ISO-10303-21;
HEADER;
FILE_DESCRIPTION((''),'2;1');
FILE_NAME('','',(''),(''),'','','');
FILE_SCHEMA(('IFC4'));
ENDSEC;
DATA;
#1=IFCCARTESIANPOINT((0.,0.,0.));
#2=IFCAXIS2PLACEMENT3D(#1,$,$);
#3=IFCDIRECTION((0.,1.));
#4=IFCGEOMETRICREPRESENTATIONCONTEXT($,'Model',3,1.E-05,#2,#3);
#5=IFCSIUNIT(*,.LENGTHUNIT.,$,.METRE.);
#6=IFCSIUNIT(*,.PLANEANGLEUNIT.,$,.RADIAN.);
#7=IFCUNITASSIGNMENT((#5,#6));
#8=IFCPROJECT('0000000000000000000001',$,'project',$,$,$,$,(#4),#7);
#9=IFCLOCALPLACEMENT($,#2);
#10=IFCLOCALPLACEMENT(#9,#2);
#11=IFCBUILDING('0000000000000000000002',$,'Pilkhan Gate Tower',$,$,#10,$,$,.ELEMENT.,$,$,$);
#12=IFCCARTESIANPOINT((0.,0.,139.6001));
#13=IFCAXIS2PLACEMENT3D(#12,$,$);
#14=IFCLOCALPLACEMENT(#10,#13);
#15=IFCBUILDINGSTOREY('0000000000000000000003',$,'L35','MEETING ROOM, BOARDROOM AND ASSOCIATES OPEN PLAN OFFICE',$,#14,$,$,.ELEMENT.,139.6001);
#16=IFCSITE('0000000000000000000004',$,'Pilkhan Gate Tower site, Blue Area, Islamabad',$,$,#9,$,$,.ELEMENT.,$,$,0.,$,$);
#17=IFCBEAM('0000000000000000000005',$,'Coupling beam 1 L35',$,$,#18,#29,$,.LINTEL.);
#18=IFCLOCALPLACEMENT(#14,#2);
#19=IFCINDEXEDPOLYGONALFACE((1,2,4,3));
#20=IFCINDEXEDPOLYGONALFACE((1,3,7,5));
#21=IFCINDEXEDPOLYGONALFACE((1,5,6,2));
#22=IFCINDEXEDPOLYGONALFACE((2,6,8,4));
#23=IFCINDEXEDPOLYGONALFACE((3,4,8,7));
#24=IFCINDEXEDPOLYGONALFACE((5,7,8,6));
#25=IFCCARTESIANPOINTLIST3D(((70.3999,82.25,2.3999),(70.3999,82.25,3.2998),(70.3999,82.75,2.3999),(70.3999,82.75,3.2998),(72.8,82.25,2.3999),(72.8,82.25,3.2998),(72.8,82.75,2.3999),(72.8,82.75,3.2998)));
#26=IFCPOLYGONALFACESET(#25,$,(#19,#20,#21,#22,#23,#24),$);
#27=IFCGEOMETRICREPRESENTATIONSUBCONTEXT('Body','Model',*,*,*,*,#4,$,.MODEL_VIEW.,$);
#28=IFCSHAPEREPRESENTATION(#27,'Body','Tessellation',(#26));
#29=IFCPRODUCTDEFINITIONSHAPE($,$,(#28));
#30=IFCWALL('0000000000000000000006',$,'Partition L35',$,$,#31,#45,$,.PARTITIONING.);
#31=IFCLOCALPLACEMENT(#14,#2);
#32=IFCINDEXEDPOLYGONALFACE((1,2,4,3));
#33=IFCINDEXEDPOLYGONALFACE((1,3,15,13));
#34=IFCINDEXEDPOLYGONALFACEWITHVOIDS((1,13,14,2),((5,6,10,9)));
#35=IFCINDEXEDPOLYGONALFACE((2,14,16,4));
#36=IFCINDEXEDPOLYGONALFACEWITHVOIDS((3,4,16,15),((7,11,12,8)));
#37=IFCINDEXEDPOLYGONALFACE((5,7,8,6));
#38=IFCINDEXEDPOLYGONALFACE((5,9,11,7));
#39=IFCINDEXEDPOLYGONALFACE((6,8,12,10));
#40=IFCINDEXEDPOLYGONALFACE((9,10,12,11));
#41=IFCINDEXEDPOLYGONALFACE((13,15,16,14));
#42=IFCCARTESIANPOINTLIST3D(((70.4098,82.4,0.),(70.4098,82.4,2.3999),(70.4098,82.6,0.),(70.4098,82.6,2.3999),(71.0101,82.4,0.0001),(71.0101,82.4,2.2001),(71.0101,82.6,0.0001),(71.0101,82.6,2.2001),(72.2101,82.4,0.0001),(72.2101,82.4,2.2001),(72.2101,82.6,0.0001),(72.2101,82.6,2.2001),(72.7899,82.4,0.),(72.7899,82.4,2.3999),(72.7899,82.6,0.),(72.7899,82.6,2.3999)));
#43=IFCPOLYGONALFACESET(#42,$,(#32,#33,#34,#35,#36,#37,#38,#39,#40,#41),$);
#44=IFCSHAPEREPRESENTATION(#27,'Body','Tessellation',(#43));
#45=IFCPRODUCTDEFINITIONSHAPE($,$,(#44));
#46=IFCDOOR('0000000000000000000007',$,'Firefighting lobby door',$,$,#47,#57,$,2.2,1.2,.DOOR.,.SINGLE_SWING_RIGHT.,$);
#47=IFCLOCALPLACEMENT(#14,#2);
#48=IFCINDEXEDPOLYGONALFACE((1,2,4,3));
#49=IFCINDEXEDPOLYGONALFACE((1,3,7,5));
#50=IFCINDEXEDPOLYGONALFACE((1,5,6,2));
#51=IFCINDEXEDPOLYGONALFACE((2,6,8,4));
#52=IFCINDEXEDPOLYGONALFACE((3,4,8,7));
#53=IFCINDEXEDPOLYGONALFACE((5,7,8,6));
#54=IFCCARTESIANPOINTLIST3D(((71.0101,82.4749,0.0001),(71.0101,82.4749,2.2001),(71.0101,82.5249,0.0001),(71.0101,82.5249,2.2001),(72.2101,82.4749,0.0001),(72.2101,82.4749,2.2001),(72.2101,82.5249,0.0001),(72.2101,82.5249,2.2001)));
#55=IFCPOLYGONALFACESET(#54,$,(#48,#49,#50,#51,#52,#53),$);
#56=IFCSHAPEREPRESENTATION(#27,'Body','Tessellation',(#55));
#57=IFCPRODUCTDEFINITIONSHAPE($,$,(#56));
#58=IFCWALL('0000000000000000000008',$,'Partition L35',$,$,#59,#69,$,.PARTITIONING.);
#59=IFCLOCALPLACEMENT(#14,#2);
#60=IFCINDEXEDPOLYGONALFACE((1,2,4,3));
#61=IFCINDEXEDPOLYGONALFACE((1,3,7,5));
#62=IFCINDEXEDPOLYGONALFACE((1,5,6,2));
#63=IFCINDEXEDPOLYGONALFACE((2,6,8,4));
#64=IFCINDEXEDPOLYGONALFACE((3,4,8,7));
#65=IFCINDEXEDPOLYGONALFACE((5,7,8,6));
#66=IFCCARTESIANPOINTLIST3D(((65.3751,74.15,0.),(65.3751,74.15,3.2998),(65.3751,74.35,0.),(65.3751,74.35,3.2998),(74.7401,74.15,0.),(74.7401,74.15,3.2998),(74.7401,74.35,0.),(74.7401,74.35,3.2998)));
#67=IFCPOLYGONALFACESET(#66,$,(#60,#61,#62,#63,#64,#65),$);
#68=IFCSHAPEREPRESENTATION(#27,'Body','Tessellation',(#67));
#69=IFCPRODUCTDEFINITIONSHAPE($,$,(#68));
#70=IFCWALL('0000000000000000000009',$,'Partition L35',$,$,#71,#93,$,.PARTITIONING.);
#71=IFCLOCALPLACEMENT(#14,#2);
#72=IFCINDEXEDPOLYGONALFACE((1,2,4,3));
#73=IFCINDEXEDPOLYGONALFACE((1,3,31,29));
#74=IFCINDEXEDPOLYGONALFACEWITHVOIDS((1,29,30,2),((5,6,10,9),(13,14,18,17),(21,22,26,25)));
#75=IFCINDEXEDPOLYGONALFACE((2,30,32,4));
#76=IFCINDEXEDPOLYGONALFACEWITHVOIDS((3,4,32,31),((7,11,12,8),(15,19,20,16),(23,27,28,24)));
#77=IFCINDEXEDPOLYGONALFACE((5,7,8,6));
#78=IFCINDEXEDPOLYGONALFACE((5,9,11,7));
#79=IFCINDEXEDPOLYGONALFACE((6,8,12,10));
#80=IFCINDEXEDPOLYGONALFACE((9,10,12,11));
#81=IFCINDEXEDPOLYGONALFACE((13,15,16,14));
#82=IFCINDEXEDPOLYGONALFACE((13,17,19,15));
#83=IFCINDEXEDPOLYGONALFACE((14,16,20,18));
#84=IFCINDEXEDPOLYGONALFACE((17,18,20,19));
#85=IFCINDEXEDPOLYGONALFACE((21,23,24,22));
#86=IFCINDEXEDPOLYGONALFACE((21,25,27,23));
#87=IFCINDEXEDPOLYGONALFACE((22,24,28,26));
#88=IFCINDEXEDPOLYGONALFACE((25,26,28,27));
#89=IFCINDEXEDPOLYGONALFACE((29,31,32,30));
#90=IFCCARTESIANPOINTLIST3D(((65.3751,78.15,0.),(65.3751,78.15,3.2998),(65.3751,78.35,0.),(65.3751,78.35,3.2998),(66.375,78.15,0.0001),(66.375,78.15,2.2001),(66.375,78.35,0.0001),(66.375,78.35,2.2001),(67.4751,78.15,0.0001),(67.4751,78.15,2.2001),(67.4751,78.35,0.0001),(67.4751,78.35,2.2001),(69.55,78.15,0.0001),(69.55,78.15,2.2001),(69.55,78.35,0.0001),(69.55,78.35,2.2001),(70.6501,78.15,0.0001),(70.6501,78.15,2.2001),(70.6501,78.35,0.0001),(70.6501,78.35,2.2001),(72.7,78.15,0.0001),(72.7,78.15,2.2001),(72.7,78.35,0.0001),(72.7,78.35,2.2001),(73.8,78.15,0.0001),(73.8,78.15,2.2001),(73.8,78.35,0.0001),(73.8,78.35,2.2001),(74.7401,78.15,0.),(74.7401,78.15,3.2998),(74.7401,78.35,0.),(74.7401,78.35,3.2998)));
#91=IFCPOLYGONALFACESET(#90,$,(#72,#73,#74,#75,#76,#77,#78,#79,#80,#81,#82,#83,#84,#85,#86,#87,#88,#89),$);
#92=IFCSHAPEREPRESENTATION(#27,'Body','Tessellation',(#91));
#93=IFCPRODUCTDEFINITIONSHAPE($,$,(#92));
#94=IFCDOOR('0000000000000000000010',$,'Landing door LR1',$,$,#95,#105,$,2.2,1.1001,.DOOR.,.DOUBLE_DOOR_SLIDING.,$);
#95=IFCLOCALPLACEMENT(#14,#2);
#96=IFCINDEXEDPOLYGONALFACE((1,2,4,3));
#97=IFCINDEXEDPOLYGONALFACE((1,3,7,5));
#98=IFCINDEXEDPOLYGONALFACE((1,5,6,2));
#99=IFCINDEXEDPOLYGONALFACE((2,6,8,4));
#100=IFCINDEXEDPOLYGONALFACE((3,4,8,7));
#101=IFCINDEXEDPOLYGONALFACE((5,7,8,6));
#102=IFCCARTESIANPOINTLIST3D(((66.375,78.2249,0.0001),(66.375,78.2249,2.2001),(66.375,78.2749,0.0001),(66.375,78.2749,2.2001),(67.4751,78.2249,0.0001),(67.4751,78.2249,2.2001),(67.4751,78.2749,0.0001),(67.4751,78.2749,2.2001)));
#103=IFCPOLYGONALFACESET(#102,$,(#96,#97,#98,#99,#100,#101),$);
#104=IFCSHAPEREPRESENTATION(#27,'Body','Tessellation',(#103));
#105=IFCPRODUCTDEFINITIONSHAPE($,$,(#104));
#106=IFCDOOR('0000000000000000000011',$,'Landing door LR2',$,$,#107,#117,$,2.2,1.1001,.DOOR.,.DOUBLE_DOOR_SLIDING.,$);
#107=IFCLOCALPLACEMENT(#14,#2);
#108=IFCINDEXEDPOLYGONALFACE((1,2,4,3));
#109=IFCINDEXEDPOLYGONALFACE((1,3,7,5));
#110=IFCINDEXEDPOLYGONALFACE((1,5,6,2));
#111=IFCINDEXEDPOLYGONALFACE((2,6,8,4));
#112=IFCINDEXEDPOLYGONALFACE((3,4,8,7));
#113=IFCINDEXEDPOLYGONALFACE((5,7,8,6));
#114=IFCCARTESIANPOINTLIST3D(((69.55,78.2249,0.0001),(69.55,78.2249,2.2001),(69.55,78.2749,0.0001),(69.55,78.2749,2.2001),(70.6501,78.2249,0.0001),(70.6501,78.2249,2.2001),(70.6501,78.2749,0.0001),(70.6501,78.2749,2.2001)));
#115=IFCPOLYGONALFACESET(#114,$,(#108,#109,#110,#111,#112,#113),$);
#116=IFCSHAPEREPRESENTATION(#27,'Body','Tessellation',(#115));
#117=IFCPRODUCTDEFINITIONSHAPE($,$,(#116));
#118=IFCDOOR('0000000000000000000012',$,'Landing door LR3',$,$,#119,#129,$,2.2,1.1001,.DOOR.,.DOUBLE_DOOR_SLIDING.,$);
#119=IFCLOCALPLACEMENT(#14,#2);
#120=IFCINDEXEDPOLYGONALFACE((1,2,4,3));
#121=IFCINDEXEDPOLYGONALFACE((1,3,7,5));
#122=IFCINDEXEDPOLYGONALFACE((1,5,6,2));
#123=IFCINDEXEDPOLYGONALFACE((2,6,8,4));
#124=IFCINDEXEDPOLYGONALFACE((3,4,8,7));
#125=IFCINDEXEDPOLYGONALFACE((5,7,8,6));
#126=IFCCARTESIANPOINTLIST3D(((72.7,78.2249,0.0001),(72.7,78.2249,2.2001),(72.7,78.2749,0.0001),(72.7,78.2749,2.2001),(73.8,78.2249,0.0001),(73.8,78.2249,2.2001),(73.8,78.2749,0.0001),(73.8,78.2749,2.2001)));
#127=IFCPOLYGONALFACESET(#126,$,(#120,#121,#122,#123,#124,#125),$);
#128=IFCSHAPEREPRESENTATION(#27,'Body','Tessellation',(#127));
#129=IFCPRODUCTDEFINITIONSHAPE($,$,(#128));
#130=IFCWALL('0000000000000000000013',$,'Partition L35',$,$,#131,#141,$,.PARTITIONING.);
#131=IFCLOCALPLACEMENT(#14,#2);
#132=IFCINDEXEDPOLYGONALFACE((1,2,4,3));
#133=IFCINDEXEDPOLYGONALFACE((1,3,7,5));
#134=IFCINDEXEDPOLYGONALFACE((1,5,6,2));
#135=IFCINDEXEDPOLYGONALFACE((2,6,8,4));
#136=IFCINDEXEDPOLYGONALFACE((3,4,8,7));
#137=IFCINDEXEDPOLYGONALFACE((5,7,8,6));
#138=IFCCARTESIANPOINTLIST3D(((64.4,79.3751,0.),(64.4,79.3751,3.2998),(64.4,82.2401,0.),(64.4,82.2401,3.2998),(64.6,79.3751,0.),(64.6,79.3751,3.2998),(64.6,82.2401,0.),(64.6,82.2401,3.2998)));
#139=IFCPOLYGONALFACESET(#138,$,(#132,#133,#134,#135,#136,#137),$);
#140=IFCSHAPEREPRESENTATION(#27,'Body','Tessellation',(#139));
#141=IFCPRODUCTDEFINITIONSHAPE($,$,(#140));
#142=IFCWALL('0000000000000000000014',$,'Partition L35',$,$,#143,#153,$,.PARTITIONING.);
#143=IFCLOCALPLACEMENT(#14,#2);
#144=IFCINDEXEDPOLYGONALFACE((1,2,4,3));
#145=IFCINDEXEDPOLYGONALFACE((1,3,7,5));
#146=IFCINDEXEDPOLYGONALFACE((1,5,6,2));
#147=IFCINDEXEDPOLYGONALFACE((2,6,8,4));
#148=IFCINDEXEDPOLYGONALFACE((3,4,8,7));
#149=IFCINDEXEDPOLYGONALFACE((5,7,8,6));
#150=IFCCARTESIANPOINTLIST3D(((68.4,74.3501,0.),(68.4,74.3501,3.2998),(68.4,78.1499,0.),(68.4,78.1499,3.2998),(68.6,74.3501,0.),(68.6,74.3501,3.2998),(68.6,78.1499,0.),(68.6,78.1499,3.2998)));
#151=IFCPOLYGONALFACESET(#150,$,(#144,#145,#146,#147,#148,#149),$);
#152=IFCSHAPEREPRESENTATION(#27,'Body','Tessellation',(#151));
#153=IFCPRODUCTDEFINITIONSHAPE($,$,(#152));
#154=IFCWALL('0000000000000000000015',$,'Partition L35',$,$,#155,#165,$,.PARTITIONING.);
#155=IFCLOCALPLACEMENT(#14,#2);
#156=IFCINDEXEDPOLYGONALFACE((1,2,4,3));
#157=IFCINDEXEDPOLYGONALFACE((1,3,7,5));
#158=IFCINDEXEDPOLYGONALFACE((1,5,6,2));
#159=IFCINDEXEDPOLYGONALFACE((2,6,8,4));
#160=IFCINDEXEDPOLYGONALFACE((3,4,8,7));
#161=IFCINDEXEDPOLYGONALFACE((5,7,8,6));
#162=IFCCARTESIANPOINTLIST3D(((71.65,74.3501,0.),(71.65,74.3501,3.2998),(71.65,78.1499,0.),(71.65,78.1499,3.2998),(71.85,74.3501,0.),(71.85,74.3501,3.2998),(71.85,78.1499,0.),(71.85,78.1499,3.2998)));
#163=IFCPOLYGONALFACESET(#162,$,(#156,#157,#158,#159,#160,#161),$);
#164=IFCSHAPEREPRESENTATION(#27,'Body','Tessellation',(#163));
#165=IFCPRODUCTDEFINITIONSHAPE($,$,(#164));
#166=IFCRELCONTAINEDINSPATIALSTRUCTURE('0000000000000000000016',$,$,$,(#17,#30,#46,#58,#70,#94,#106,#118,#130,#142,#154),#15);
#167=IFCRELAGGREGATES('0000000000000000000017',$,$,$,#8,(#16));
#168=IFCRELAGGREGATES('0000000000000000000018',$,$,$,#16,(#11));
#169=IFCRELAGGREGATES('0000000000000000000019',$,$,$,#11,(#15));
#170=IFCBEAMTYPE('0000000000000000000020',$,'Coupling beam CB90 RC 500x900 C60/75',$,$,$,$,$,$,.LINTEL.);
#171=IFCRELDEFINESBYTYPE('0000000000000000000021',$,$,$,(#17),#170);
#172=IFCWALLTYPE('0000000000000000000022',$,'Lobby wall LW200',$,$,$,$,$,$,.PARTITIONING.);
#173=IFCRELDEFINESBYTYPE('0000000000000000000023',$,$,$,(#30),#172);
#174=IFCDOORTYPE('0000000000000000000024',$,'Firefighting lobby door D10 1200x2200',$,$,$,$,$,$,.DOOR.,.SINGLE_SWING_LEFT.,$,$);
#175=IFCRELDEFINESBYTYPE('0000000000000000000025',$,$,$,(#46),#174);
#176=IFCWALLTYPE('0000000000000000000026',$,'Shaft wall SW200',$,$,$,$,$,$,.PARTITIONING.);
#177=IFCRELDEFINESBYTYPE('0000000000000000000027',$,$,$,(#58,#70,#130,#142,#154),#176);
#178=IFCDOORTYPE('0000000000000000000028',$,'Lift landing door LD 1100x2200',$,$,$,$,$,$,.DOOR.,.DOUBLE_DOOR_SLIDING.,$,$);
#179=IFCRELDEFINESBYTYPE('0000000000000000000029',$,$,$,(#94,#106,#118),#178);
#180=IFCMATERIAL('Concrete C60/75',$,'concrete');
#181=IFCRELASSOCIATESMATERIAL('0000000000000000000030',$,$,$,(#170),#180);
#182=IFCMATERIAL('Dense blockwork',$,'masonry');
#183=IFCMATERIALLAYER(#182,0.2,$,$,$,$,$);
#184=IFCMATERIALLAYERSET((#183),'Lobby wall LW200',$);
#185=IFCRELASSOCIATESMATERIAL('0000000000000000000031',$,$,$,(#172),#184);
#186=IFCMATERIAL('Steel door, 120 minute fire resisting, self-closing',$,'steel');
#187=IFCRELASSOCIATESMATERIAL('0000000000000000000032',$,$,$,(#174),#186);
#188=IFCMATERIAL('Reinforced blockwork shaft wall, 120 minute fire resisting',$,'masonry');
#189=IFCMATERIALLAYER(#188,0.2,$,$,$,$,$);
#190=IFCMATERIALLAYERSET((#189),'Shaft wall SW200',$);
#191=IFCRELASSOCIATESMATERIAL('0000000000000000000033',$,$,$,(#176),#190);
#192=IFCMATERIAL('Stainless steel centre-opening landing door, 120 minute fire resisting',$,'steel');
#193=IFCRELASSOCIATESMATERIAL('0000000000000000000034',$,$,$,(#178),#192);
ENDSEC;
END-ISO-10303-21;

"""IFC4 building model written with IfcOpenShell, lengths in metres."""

from ifc_helpers import new_model, si_unit, direction, frame, frame_2d, origin, origin_2d, place, context, subcontext, project, spatial, rectangle, extrude, material, layer, layer_set, material_profile, profile_set, type_object, element, fill, save


model = new_model("IFC4")

# Units and contexts
model_context = context("Model", 3, precision=1e-05, world=origin(), true_north=direction((0.0, 1.0)))
body_context = subcontext(model_context, "Body", "Model", "MODEL_VIEW")
ifc_project = project(units=[si_unit("LENGTHUNIT", "METRE"), si_unit("PLANEANGLEUNIT", "RADIAN")], contexts=[model_context])

# Site, building, storey
site_placement = place(None, origin())
site = spatial("IfcSite", under=ifc_project, at=site_placement, Name="Pilkhan Gate Tower site, Blue Area, Islamabad", CompositionType="ELEMENT", RefElevation=0.0)
building_placement = place(site_placement, origin())
building = spatial("IfcBuilding", under=site, at=building_placement, Name="Pilkhan Gate Tower", CompositionType="ELEMENT")
storey_placement = place(building_placement, frame((0.0, 0.0, 139.6001)))
storey = spatial("IfcBuildingStorey", under=building, at=storey_placement, Name="L35", Description="MEETING ROOM, BOARDROOM AND ASSOCIATES OPEN PLAN OFFICE", CompositionType="ELEMENT", Elevation=139.6001)

# Beam
ifc_material_1 = material(Name="Concrete C60/75", Category="concrete")
ifc_material_profile = material_profile(ifc_material_1, rectangle(XDim=0.5, YDim=0.8999, at=origin_2d()), Name="RC 500x900")
ifc_profile_set = profile_set([ifc_material_profile], Name="Concrete C60/75")
beam_type = type_object("IfcBeamType", Name="Coupling beam CB90 RC 500x900 C60/75", PredefinedType="LINTEL", material=ifc_profile_set)
beam_placement = place(storey_placement, frame((70.3999, 82.5, 2.8499), z_axis=(1.0, 0.0, 0.0), x_axis=(0.0, 1.0, 0.0)))
element("IfcBeam", 1, at=beam_placement, inside=storey, type_object=beam_type, Name="Coupling beam 1 L35", PredefinedType="LINTEL", context=body_context, shape_type="SweptSolid", body=[
    extrude(rectangle(XDim=0.5, YDim=0.8999, at=origin_2d()), origin(), (0.0, 0.0, 1.0), 2.4001),
])

# Wall, opening, door
ifc_material_2 = material(Name="Dense blockwork", Category="masonry")
ifc_layer_1 = layer(ifc_material_2, 0.2)
ifc_layer_set_1 = layer_set([ifc_layer_1], Name="Lobby wall LW200")
wall_type_1 = type_object("IfcWallType", Name="Lobby wall LW200", PredefinedType="PARTITIONING", material=ifc_layer_set_1)
wall_1_placement = place(storey_placement, frame((70.4099, 82.5, 0.0), z_axis=(0.0, 0.0, 1.0), x_axis=(1.0, 0.0, 0.0)))
wall_1 = element("IfcWall", 2, at=wall_1_placement, inside=storey, type_object=wall_type_1, Name="Partition L35", PredefinedType="PARTITIONING", context=body_context, shape_type="SweptSolid", body=[
    extrude(rectangle(XDim=2.3801, YDim=0.2, at=frame_2d((1.1899, 0.0))), origin(), (0.0, 0.0, 1.0), 2.3999),
])
opening_1_placement = place(wall_1_placement, frame((0.6001, 0.0, 0.0)))
opening_1 = element("IfcOpeningElement", 3, at=opening_1_placement, cuts=wall_1, PredefinedType="OPENING", context=body_context, shape_type="SweptSolid", body=[
    extrude(rectangle(XDim=1.2, YDim=2.2, at=frame_2d((0.6001, 1.1001))), frame((0.0, 0.1099, 0.0), z_axis=(0.0, -1.0, 0.0), x_axis=(1.0, 0.0, 0.0)), (0.0, 0.0, 1.0), 0.22),
])
ifc_material_3 = material(Name="Steel door, 120 minute fire resisting, self-closing", Category="steel")
door_type_1 = type_object("IfcDoorType", Name="Firefighting lobby door D10 1200x2200", OperationType="SINGLE_SWING_LEFT", PredefinedType="DOOR", material=ifc_material_3)
door_1_placement = place(opening_1_placement, origin())
door_1 = element("IfcDoor", 4, at=door_1_placement, inside=storey, type_object=door_type_1, Name="Firefighting lobby door", OperationType="SINGLE_SWING_RIGHT", OverallHeight=2.2, OverallWidth=1.2, PredefinedType="DOOR", context=body_context, shape_type="SweptSolid", body=[
    extrude(rectangle(XDim=1.2, YDim=2.2, at=frame_2d((0.6001, 1.1001))), frame((0.0, 0.0249, 0.0), z_axis=(0.0, -1.0, 0.0), x_axis=(1.0, 0.0, 0.0)), (0.0, 0.0, 1.0), 0.05),
])
fill(opening_1, door_1)

# Wall
ifc_material_4 = material(Name="Reinforced blockwork shaft wall, 120 minute fire resisting", Category="masonry")
ifc_layer_2 = layer(ifc_material_4, 0.2)
ifc_layer_set_2 = layer_set([ifc_layer_2], Name="Shaft wall SW200")
wall_type_2 = type_object("IfcWallType", Name="Shaft wall SW200", PredefinedType="PARTITIONING", material=ifc_layer_set_2)
wall_2_placement = place(storey_placement, frame((65.375, 74.25, 0.0), z_axis=(0.0, 0.0, 1.0), x_axis=(1.0, 0.0, 0.0)))
element("IfcWall", 5, at=wall_2_placement, inside=storey, type_object=wall_type_2, Name="Partition L35", PredefinedType="PARTITIONING", context=body_context, shape_type="SweptSolid", body=[
    extrude(rectangle(XDim=9.365, YDim=0.2, at=frame_2d((4.6826, 0.0))), origin(), (0.0, 0.0, 1.0), 3.2998),
])

# Wall, openings, doors
wall_3_placement = place(storey_placement, frame((65.375, 78.25, 0.0), z_axis=(0.0, 0.0, 1.0), x_axis=(1.0, 0.0, 0.0)))
wall_3 = element("IfcWall", 6, at=wall_3_placement, inside=storey, type_object=wall_type_2, Name="Partition L35", PredefinedType="PARTITIONING", context=body_context, shape_type="SweptSolid", body=[
    extrude(rectangle(XDim=9.365, YDim=0.2, at=frame_2d((4.6826, 0.0))), origin(), (0.0, 0.0, 1.0), 3.2998),
])
opening_2_placement = place(wall_3_placement, frame((1.0, 0.0, 0.0)))
opening_2 = element("IfcOpeningElement", 7, at=opening_2_placement, cuts=wall_3, PredefinedType="OPENING", context=body_context, shape_type="SweptSolid", body=[
    extrude(rectangle(XDim=1.1001, YDim=2.2, at=frame_2d((0.55, 1.1001))), frame((0.0, 0.1099, 0.0), z_axis=(0.0, -1.0, 0.0), x_axis=(1.0, 0.0, 0.0)), (0.0, 0.0, 1.0), 0.22),
])
opening_3_placement = place(wall_3_placement, frame((4.175, 0.0, 0.0)))
opening_3 = element("IfcOpeningElement", 8, at=opening_3_placement, cuts=wall_3, PredefinedType="OPENING", context=body_context, shape_type="SweptSolid", body=[
    extrude(rectangle(XDim=1.1001, YDim=2.2, at=frame_2d((0.55, 1.1001))), frame((0.0, 0.1099, 0.0), z_axis=(0.0, -1.0, 0.0), x_axis=(1.0, 0.0, 0.0)), (0.0, 0.0, 1.0), 0.22),
])
opening_4_placement = place(wall_3_placement, frame((7.325, 0.0, 0.0)))
opening_4 = element("IfcOpeningElement", 9, at=opening_4_placement, cuts=wall_3, PredefinedType="OPENING", context=body_context, shape_type="SweptSolid", body=[
    extrude(rectangle(XDim=1.1001, YDim=2.2, at=frame_2d((0.55, 1.1001))), frame((0.0, 0.1099, 0.0), z_axis=(0.0, -1.0, 0.0), x_axis=(1.0, 0.0, 0.0)), (0.0, 0.0, 1.0), 0.22),
])
ifc_material_5 = material(Name="Stainless steel centre-opening landing door, 120 minute fire resisting", Category="steel")
door_type_2 = type_object("IfcDoorType", Name="Lift landing door LD 1100x2200", OperationType="DOUBLE_DOOR_SLIDING", PredefinedType="DOOR", material=ifc_material_5)
door_2_placement = place(opening_2_placement, origin())
door_2 = element("IfcDoor", 10, at=door_2_placement, inside=storey, type_object=door_type_2, Name="Landing door LR1", OperationType="DOUBLE_DOOR_SLIDING", OverallHeight=2.2, OverallWidth=1.1001, PredefinedType="DOOR", context=body_context, shape_type="SweptSolid", body=[
    extrude(rectangle(XDim=1.1001, YDim=2.2, at=frame_2d((0.55, 1.1001))), frame((0.0, 0.0249, 0.0), z_axis=(0.0, -1.0, 0.0), x_axis=(1.0, 0.0, 0.0)), (0.0, 0.0, 1.0), 0.05),
])
fill(opening_2, door_2)
door_3_placement = place(opening_3_placement, origin())
door_3 = element("IfcDoor", 11, at=door_3_placement, inside=storey, type_object=door_type_2, Name="Landing door LR2", OperationType="DOUBLE_DOOR_SLIDING", OverallHeight=2.2, OverallWidth=1.1001, PredefinedType="DOOR", context=body_context, shape_type="SweptSolid", body=[
    extrude(rectangle(XDim=1.1001, YDim=2.2, at=frame_2d((0.55, 1.1001))), frame((0.0, 0.0249, 0.0), z_axis=(0.0, -1.0, 0.0), x_axis=(1.0, 0.0, 0.0)), (0.0, 0.0, 1.0), 0.05),
])
fill(opening_3, door_3)
door_4_placement = place(opening_4_placement, origin())
door_4 = element("IfcDoor", 12, at=door_4_placement, inside=storey, type_object=door_type_2, Name="Landing door LR3", OperationType="DOUBLE_DOOR_SLIDING", OverallHeight=2.2, OverallWidth=1.1001, PredefinedType="DOOR", context=body_context, shape_type="SweptSolid", body=[
    extrude(rectangle(XDim=1.1001, YDim=2.2, at=frame_2d((0.55, 1.1001))), frame((0.0, 0.0249, 0.0), z_axis=(0.0, -1.0, 0.0), x_axis=(1.0, 0.0, 0.0)), (0.0, 0.0, 1.0), 0.05),
])
fill(opening_4, door_4)

# Walls
wall_4_placement = place(storey_placement, frame((64.5, 79.375, 0.0), z_axis=(0.0, 0.0, 1.0), x_axis=(0.0, 1.0, 0.0)))
element("IfcWall", 13, at=wall_4_placement, inside=storey, type_object=wall_type_2, Name="Partition L35", PredefinedType="PARTITIONING", context=body_context, shape_type="SweptSolid", body=[
    extrude(rectangle(XDim=2.865, YDim=0.2, at=frame_2d((1.4326, 0.0))), origin(), (0.0, 0.0, 1.0), 3.2998),
])
for number, where, z_axis, x_axis, name in (
    (14, (68.5, 74.3501, 0.0), (0.0, 0.0, 1.0), (0.0, 1.0, 0.0), "Partition L35"),
    (15, (71.75, 74.3501, 0.0), (0.0, 0.0, 1.0), (0.0, 1.0, 0.0), "Partition L35"),
):
    element("IfcWall", number, at=place(storey_placement, frame(where, z_axis=z_axis, x_axis=x_axis)), inside=storey, type_object=wall_type_2, Name=name, PredefinedType="PARTITIONING", context=body_context, shape_type="SweptSolid", body=[
        extrude(rectangle(XDim=3.7998, YDim=0.2, at=frame_2d((1.8999, 0.0))), origin(), (0.0, 0.0, 1.0), 3.2998),
    ])

save(model, "model.ifc")
